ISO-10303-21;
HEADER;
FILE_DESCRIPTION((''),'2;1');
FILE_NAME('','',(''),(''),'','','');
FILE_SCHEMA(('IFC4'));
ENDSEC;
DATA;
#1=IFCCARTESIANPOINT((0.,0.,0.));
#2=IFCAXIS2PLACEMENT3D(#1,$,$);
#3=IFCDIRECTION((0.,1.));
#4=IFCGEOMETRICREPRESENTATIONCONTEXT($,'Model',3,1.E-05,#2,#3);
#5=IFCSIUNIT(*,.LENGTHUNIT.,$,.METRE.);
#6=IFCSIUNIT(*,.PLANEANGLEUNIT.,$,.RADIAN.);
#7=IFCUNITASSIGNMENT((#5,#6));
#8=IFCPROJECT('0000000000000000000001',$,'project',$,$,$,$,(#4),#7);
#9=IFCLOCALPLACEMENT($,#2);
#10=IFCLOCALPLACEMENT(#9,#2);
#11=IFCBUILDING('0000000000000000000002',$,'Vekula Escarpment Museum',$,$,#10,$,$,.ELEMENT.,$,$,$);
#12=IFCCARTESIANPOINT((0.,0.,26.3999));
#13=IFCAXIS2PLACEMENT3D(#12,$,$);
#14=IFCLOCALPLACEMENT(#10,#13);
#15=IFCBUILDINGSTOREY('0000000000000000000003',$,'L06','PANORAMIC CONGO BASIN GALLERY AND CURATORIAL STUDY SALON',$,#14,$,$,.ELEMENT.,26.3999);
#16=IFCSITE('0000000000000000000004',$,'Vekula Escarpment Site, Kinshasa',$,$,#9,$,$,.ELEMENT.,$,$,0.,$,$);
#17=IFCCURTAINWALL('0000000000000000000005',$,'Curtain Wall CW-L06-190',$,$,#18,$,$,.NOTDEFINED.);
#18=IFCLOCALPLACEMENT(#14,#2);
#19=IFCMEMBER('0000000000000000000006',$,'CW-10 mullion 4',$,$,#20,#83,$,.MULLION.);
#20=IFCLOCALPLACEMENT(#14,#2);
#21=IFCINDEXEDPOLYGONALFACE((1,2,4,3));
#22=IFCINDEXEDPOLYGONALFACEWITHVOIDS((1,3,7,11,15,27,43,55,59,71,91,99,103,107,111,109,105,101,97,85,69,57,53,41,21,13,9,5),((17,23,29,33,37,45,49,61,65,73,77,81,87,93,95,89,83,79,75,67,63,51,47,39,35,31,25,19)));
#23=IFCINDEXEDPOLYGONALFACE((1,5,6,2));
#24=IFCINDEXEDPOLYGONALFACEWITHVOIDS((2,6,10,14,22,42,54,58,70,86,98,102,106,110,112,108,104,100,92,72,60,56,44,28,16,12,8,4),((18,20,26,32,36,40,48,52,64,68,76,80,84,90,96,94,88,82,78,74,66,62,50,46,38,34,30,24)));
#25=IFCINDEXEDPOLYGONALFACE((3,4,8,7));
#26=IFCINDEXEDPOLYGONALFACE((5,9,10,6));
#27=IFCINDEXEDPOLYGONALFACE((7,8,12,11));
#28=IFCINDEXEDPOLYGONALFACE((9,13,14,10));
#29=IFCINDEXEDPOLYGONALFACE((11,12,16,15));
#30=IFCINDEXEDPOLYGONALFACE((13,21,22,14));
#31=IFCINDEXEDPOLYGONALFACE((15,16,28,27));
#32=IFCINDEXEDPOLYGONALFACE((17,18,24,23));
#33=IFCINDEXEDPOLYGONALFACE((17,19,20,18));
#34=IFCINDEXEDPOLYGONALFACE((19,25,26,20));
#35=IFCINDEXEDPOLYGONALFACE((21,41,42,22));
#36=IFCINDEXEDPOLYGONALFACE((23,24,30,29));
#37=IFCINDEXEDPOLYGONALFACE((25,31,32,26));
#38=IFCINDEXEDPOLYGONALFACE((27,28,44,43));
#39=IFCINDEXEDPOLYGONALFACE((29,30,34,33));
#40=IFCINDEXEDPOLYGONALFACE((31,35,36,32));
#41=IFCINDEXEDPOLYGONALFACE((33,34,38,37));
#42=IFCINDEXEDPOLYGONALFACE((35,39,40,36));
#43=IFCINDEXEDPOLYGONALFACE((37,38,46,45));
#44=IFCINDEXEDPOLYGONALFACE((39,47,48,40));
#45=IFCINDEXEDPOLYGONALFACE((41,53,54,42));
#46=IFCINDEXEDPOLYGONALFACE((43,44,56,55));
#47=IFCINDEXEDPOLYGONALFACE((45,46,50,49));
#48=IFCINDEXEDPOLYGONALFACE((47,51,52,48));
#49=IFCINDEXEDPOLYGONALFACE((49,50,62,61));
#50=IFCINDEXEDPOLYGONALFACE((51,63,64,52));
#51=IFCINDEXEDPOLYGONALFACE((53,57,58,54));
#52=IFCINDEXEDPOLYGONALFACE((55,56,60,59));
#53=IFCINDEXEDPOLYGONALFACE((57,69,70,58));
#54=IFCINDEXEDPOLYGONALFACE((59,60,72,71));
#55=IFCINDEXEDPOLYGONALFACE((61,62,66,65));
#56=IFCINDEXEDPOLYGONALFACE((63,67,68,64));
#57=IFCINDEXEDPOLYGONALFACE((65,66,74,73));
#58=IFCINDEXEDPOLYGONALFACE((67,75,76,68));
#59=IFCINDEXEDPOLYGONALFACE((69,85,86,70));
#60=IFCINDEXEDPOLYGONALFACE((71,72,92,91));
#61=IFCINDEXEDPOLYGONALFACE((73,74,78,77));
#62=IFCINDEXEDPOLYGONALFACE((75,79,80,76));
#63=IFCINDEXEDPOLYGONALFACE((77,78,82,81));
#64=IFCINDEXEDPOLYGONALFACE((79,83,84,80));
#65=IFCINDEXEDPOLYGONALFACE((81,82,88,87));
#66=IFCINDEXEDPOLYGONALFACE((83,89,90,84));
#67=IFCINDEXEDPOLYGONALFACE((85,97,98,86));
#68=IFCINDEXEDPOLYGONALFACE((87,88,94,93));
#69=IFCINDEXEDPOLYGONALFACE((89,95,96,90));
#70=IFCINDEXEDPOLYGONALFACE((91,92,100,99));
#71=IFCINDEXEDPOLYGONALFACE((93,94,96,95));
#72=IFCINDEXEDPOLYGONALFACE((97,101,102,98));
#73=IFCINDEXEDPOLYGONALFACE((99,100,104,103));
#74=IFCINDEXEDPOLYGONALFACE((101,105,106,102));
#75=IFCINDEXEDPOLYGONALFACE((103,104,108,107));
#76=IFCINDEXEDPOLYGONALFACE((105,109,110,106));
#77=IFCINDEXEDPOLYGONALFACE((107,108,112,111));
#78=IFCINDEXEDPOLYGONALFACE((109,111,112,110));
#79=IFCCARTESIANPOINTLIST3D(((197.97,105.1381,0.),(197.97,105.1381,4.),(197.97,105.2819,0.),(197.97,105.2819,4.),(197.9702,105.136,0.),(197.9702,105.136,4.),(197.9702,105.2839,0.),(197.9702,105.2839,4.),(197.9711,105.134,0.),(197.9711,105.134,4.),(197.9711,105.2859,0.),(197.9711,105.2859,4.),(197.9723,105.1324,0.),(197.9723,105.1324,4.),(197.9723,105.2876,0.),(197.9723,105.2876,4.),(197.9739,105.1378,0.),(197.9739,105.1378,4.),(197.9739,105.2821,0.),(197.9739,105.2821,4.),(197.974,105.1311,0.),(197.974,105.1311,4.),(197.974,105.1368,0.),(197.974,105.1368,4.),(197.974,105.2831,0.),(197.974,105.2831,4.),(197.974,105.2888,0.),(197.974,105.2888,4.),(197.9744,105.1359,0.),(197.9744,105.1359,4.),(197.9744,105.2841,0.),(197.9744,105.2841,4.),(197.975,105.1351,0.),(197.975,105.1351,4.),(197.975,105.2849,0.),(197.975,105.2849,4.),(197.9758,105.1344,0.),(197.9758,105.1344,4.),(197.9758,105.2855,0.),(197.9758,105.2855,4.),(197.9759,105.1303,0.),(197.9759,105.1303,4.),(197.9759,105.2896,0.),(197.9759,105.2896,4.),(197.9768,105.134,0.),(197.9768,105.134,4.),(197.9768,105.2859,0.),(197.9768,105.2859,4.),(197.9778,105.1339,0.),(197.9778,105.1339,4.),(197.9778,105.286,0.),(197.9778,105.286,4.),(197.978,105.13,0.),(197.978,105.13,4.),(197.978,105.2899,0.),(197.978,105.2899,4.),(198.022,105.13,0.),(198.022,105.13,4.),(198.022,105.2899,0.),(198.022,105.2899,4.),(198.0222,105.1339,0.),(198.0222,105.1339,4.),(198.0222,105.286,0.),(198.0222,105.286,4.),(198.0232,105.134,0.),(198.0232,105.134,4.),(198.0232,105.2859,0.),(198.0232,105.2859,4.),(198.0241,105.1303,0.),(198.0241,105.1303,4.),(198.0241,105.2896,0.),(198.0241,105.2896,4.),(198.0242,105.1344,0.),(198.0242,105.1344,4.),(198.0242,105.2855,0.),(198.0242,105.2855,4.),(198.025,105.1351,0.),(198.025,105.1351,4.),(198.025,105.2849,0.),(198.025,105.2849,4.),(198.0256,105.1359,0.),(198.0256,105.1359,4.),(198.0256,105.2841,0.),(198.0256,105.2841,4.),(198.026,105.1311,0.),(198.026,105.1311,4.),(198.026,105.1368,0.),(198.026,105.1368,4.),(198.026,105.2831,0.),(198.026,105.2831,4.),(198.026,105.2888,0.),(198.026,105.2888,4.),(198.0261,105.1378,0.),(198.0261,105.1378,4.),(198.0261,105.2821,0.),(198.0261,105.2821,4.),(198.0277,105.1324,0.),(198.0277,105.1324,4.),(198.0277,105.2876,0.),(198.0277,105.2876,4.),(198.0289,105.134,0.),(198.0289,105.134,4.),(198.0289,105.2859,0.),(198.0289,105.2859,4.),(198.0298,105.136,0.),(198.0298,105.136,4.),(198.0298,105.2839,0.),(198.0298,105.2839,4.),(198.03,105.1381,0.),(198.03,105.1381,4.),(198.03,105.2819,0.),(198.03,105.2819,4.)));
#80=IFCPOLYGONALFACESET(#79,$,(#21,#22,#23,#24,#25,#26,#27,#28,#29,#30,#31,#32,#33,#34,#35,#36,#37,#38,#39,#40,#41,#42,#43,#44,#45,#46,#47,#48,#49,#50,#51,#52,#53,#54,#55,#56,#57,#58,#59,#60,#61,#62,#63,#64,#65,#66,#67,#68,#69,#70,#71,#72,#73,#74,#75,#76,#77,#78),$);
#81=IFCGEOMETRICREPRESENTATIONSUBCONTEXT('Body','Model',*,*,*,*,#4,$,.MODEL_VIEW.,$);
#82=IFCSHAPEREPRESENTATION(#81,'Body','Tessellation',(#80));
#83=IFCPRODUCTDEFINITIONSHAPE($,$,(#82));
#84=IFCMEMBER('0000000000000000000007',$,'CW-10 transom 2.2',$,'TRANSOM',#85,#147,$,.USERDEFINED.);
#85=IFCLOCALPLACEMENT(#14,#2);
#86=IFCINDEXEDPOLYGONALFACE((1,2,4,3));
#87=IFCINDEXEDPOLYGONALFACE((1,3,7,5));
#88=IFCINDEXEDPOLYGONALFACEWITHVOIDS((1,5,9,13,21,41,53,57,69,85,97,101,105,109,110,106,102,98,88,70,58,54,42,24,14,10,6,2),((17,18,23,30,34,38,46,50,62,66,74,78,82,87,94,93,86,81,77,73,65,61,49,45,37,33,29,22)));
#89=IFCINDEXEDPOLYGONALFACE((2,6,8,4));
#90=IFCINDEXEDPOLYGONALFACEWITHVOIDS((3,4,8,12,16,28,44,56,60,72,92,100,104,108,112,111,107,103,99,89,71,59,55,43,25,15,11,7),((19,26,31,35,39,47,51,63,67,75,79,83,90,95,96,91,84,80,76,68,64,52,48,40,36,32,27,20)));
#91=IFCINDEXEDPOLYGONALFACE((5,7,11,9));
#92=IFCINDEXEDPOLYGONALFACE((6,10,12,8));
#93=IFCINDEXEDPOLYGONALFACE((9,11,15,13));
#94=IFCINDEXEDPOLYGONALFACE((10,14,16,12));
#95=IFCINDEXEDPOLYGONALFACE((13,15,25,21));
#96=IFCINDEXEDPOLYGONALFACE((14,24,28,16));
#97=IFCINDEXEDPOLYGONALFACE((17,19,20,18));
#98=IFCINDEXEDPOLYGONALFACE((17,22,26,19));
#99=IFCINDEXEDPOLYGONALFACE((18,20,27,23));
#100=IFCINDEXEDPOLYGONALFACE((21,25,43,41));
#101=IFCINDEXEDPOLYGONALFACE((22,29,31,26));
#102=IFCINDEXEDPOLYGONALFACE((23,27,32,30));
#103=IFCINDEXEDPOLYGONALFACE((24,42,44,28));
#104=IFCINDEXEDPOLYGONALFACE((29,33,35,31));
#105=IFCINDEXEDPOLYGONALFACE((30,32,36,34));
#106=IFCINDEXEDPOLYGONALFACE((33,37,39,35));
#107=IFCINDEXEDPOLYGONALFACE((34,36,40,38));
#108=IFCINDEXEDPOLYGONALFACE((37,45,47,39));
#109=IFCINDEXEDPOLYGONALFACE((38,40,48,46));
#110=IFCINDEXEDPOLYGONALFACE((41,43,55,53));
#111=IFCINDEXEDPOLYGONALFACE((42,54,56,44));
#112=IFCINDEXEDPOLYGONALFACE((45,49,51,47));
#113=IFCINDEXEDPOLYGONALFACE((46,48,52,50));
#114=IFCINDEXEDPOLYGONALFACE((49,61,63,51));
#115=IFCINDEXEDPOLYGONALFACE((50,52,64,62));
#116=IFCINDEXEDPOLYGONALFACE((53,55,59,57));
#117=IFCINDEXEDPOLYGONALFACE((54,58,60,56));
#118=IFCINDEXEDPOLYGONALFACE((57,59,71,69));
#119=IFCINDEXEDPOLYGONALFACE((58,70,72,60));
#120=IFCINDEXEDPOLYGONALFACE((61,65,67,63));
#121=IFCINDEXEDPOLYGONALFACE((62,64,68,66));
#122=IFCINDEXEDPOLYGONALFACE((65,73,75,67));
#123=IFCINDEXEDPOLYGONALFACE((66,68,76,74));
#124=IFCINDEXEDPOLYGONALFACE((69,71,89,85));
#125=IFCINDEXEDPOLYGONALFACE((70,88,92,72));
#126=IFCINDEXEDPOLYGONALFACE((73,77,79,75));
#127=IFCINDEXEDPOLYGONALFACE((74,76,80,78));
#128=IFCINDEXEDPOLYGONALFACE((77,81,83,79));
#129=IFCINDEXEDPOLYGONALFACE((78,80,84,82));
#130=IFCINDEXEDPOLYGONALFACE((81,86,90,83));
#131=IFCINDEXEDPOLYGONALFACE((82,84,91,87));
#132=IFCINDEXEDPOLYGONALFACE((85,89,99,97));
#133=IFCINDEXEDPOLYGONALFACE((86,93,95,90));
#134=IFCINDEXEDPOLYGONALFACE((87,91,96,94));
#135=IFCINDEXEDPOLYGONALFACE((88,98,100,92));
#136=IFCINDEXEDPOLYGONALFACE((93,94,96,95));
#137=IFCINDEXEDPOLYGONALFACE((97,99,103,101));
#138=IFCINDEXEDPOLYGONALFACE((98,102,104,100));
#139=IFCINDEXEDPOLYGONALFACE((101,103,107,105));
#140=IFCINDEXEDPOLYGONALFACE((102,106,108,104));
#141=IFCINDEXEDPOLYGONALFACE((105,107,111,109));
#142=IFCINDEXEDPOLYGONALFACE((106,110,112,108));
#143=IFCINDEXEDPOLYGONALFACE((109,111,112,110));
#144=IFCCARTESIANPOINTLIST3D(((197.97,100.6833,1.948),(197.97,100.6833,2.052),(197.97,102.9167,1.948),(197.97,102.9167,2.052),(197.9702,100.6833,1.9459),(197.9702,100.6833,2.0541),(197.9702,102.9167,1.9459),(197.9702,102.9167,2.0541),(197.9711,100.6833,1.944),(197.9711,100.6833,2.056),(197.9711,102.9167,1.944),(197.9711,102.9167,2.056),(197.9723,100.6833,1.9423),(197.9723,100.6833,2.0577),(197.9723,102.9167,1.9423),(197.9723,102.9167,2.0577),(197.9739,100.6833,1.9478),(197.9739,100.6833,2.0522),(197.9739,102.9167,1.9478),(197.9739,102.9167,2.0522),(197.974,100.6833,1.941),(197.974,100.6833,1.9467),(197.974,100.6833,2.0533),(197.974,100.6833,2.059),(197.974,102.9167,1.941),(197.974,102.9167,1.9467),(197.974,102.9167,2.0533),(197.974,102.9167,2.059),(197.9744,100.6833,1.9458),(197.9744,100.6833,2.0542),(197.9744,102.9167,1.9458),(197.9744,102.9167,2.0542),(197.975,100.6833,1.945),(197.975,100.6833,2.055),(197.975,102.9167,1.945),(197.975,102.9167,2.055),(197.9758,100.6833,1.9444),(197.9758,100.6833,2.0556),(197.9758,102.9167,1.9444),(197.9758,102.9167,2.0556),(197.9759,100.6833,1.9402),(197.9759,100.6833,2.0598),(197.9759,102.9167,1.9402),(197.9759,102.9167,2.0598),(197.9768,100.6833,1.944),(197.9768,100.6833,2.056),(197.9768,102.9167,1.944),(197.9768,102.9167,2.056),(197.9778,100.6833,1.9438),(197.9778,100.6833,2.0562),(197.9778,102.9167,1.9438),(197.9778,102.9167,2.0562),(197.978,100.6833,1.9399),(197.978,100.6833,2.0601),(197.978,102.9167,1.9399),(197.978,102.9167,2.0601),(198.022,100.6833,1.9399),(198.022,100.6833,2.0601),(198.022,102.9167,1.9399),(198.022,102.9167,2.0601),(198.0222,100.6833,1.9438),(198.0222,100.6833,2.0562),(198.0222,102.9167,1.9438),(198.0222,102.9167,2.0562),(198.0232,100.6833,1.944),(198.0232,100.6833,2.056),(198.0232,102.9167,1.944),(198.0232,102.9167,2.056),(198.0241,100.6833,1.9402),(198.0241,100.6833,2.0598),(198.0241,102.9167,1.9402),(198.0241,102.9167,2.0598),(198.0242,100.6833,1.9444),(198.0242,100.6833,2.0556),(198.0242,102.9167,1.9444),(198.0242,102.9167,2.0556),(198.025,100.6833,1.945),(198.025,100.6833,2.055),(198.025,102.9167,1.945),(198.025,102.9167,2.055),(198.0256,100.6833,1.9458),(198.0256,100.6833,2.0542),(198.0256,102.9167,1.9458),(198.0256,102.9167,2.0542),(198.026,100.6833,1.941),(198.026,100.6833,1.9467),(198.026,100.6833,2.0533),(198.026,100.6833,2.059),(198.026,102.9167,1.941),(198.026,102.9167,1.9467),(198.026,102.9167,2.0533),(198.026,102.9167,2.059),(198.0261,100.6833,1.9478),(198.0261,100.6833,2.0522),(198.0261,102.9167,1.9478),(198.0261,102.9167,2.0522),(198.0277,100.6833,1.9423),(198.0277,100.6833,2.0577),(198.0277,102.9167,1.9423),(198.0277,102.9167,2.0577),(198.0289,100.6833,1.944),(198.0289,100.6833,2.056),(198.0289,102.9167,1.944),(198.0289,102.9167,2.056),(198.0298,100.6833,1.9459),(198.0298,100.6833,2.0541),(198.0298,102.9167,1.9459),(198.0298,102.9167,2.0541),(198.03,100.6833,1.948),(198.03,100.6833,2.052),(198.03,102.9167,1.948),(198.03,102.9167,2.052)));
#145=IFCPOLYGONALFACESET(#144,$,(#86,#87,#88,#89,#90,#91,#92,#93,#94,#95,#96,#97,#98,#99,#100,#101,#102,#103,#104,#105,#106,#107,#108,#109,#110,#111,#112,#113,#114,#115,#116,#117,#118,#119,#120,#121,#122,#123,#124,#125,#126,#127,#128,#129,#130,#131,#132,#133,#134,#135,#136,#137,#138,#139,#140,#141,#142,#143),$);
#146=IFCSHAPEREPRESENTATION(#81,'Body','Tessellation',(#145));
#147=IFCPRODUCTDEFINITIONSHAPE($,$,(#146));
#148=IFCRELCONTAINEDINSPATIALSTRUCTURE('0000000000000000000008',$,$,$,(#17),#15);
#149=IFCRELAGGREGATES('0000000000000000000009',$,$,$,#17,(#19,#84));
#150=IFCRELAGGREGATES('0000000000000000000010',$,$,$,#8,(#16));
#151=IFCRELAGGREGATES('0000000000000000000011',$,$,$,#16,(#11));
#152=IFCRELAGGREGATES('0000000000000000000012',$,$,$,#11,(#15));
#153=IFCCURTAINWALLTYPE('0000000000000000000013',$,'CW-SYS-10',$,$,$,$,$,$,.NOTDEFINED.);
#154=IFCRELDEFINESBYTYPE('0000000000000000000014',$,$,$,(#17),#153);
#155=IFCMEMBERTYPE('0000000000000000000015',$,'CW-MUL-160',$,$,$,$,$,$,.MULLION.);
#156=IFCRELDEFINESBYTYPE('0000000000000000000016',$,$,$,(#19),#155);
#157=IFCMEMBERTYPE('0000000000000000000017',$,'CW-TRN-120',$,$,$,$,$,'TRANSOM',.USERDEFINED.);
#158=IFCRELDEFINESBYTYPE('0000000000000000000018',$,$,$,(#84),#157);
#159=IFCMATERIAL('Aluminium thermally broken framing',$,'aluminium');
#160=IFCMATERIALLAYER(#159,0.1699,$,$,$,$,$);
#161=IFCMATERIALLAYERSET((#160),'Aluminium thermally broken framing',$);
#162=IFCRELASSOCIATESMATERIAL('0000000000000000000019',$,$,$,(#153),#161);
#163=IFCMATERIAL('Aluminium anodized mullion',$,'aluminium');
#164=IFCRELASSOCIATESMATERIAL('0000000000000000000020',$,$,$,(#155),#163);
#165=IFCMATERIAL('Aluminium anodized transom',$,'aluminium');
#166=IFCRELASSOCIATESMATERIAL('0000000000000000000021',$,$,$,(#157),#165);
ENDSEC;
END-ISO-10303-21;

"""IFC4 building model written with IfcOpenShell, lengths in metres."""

from ifc_helpers import new_model, si_unit, direction, frame, origin, origin_2d, place, context, subcontext, project, spatial, hollow_rectangle, extrude, material, layer, layer_set, material_profile, profile_set, type_object, element, aggregate, save


model = new_model("IFC4")

# Units and contexts
model_context = context("Model", 3, precision=1e-05, world=origin(), true_north=direction((0.0, 1.0)))
body_context = subcontext(model_context, "Body", "Model", "MODEL_VIEW")
ifc_project = project(units=[si_unit("LENGTHUNIT", "METRE"), si_unit("PLANEANGLEUNIT", "RADIAN")], contexts=[model_context])

# Site, building, storey
site_placement = place(None, origin())
site = spatial("IfcSite", under=ifc_project, at=site_placement, Name="Vekula Escarpment Site, Kinshasa", CompositionType="ELEMENT", RefElevation=0.0)
building_placement = place(site_placement, origin())
building = spatial("IfcBuilding", under=site, at=building_placement, Name="Vekula Escarpment Museum", CompositionType="ELEMENT")
storey_placement = place(building_placement, frame((0.0, 0.0, 26.3999)))
storey = spatial("IfcBuildingStorey", under=building, at=storey_placement, Name="L06", Description="PANORAMIC CONGO BASIN GALLERY AND CURATORIAL STUDY SALON", CompositionType="ELEMENT", Elevation=26.3999)

# Curtain wall, members
ifc_material_1 = material(Name="Aluminium thermally broken framing", Category="aluminium")
ifc_layer_1 = layer(ifc_material_1, 0.1699)
ifc_layer_set_1 = layer_set([ifc_layer_1], Name="Aluminium thermally broken framing")
curtain_wall_type = type_object("IfcCurtainWallType", Name="CW-SYS-10", PredefinedType="NOTDEFINED", material=ifc_layer_set_1)
curtain_wall_placement = place(storey_placement, origin())
curtain_wall = element("IfcCurtainWall", 1, at=curtain_wall_placement, inside=storey, type_object=curtain_wall_type, Name="Curtain Wall CW-L06-190", PredefinedType="NOTDEFINED")
ifc_material_2 = material(Name="Aluminium anodized mullion", Category="aluminium")
ifc_material_profile_1 = material_profile(ifc_material_2, hollow_rectangle(XDim=0.0601, YDim=0.1599, WallThickness=0.0039, InnerFilletRadius=0.0039, OuterFilletRadius=0.0081, at=origin_2d()), Name="ALU 160x60x4")
ifc_profile_set_1 = profile_set([ifc_material_profile_1], Name="Aluminium anodized mullion")
member_type_1 = type_object("IfcMemberType", Name="CW-MUL-160", PredefinedType="MULLION", material=ifc_profile_set_1)
member_1_placement = place(storey_placement, frame((198.0, 105.21, 0.0), z_axis=(0.0, 0.0, 1.0), x_axis=(-1.0, 0.0, 0.0)))
member_1 = element("IfcMember", 2, at=member_1_placement, type_object=member_type_1, Name="CW-10 mullion 4", PredefinedType="MULLION", context=body_context, shape_type="SweptSolid", body=[
    extrude(hollow_rectangle(XDim=0.0601, YDim=0.1599, WallThickness=0.0039, InnerFilletRadius=0.0039, OuterFilletRadius=0.0081, at=origin_2d()), origin(), (0.0, 0.0, 1.0), 4.0),
])
ifc_material_3 = material(Name="Aluminium anodized transom", Category="aluminium")
ifc_material_profile_2 = material_profile(ifc_material_3, hollow_rectangle(XDim=0.0601, YDim=0.1201, WallThickness=0.0039, InnerFilletRadius=0.0039, OuterFilletRadius=0.0081, at=origin_2d()), Name="ALU 120x60x4")
ifc_profile_set_2 = profile_set([ifc_material_profile_2], Name="Aluminium anodized transom")
member_type_2 = type_object("IfcMemberType", Name="CW-TRN-120", ElementType="TRANSOM", PredefinedType="USERDEFINED", material=ifc_profile_set_2)
member_2_placement = place(storey_placement, frame((198.0, 100.6833, 2.0), z_axis=(0.0, 1.0, 0.0), x_axis=(-1.0, 0.0, 0.0)))
member_2 = element("IfcMember", 3, at=member_2_placement, type_object=member_type_2, Name="CW-10 transom 2.2", ObjectType="TRANSOM", PredefinedType="USERDEFINED", context=body_context, shape_type="SweptSolid", body=[
    extrude(hollow_rectangle(XDim=0.0601, YDim=0.1201, WallThickness=0.0039, InnerFilletRadius=0.0039, OuterFilletRadius=0.0081, at=origin_2d()), origin(), (0.0, 0.0, 1.0), 2.2334),
])

aggregate(curtain_wall, [member_1, member_2])

save(model, "model.ifc")
